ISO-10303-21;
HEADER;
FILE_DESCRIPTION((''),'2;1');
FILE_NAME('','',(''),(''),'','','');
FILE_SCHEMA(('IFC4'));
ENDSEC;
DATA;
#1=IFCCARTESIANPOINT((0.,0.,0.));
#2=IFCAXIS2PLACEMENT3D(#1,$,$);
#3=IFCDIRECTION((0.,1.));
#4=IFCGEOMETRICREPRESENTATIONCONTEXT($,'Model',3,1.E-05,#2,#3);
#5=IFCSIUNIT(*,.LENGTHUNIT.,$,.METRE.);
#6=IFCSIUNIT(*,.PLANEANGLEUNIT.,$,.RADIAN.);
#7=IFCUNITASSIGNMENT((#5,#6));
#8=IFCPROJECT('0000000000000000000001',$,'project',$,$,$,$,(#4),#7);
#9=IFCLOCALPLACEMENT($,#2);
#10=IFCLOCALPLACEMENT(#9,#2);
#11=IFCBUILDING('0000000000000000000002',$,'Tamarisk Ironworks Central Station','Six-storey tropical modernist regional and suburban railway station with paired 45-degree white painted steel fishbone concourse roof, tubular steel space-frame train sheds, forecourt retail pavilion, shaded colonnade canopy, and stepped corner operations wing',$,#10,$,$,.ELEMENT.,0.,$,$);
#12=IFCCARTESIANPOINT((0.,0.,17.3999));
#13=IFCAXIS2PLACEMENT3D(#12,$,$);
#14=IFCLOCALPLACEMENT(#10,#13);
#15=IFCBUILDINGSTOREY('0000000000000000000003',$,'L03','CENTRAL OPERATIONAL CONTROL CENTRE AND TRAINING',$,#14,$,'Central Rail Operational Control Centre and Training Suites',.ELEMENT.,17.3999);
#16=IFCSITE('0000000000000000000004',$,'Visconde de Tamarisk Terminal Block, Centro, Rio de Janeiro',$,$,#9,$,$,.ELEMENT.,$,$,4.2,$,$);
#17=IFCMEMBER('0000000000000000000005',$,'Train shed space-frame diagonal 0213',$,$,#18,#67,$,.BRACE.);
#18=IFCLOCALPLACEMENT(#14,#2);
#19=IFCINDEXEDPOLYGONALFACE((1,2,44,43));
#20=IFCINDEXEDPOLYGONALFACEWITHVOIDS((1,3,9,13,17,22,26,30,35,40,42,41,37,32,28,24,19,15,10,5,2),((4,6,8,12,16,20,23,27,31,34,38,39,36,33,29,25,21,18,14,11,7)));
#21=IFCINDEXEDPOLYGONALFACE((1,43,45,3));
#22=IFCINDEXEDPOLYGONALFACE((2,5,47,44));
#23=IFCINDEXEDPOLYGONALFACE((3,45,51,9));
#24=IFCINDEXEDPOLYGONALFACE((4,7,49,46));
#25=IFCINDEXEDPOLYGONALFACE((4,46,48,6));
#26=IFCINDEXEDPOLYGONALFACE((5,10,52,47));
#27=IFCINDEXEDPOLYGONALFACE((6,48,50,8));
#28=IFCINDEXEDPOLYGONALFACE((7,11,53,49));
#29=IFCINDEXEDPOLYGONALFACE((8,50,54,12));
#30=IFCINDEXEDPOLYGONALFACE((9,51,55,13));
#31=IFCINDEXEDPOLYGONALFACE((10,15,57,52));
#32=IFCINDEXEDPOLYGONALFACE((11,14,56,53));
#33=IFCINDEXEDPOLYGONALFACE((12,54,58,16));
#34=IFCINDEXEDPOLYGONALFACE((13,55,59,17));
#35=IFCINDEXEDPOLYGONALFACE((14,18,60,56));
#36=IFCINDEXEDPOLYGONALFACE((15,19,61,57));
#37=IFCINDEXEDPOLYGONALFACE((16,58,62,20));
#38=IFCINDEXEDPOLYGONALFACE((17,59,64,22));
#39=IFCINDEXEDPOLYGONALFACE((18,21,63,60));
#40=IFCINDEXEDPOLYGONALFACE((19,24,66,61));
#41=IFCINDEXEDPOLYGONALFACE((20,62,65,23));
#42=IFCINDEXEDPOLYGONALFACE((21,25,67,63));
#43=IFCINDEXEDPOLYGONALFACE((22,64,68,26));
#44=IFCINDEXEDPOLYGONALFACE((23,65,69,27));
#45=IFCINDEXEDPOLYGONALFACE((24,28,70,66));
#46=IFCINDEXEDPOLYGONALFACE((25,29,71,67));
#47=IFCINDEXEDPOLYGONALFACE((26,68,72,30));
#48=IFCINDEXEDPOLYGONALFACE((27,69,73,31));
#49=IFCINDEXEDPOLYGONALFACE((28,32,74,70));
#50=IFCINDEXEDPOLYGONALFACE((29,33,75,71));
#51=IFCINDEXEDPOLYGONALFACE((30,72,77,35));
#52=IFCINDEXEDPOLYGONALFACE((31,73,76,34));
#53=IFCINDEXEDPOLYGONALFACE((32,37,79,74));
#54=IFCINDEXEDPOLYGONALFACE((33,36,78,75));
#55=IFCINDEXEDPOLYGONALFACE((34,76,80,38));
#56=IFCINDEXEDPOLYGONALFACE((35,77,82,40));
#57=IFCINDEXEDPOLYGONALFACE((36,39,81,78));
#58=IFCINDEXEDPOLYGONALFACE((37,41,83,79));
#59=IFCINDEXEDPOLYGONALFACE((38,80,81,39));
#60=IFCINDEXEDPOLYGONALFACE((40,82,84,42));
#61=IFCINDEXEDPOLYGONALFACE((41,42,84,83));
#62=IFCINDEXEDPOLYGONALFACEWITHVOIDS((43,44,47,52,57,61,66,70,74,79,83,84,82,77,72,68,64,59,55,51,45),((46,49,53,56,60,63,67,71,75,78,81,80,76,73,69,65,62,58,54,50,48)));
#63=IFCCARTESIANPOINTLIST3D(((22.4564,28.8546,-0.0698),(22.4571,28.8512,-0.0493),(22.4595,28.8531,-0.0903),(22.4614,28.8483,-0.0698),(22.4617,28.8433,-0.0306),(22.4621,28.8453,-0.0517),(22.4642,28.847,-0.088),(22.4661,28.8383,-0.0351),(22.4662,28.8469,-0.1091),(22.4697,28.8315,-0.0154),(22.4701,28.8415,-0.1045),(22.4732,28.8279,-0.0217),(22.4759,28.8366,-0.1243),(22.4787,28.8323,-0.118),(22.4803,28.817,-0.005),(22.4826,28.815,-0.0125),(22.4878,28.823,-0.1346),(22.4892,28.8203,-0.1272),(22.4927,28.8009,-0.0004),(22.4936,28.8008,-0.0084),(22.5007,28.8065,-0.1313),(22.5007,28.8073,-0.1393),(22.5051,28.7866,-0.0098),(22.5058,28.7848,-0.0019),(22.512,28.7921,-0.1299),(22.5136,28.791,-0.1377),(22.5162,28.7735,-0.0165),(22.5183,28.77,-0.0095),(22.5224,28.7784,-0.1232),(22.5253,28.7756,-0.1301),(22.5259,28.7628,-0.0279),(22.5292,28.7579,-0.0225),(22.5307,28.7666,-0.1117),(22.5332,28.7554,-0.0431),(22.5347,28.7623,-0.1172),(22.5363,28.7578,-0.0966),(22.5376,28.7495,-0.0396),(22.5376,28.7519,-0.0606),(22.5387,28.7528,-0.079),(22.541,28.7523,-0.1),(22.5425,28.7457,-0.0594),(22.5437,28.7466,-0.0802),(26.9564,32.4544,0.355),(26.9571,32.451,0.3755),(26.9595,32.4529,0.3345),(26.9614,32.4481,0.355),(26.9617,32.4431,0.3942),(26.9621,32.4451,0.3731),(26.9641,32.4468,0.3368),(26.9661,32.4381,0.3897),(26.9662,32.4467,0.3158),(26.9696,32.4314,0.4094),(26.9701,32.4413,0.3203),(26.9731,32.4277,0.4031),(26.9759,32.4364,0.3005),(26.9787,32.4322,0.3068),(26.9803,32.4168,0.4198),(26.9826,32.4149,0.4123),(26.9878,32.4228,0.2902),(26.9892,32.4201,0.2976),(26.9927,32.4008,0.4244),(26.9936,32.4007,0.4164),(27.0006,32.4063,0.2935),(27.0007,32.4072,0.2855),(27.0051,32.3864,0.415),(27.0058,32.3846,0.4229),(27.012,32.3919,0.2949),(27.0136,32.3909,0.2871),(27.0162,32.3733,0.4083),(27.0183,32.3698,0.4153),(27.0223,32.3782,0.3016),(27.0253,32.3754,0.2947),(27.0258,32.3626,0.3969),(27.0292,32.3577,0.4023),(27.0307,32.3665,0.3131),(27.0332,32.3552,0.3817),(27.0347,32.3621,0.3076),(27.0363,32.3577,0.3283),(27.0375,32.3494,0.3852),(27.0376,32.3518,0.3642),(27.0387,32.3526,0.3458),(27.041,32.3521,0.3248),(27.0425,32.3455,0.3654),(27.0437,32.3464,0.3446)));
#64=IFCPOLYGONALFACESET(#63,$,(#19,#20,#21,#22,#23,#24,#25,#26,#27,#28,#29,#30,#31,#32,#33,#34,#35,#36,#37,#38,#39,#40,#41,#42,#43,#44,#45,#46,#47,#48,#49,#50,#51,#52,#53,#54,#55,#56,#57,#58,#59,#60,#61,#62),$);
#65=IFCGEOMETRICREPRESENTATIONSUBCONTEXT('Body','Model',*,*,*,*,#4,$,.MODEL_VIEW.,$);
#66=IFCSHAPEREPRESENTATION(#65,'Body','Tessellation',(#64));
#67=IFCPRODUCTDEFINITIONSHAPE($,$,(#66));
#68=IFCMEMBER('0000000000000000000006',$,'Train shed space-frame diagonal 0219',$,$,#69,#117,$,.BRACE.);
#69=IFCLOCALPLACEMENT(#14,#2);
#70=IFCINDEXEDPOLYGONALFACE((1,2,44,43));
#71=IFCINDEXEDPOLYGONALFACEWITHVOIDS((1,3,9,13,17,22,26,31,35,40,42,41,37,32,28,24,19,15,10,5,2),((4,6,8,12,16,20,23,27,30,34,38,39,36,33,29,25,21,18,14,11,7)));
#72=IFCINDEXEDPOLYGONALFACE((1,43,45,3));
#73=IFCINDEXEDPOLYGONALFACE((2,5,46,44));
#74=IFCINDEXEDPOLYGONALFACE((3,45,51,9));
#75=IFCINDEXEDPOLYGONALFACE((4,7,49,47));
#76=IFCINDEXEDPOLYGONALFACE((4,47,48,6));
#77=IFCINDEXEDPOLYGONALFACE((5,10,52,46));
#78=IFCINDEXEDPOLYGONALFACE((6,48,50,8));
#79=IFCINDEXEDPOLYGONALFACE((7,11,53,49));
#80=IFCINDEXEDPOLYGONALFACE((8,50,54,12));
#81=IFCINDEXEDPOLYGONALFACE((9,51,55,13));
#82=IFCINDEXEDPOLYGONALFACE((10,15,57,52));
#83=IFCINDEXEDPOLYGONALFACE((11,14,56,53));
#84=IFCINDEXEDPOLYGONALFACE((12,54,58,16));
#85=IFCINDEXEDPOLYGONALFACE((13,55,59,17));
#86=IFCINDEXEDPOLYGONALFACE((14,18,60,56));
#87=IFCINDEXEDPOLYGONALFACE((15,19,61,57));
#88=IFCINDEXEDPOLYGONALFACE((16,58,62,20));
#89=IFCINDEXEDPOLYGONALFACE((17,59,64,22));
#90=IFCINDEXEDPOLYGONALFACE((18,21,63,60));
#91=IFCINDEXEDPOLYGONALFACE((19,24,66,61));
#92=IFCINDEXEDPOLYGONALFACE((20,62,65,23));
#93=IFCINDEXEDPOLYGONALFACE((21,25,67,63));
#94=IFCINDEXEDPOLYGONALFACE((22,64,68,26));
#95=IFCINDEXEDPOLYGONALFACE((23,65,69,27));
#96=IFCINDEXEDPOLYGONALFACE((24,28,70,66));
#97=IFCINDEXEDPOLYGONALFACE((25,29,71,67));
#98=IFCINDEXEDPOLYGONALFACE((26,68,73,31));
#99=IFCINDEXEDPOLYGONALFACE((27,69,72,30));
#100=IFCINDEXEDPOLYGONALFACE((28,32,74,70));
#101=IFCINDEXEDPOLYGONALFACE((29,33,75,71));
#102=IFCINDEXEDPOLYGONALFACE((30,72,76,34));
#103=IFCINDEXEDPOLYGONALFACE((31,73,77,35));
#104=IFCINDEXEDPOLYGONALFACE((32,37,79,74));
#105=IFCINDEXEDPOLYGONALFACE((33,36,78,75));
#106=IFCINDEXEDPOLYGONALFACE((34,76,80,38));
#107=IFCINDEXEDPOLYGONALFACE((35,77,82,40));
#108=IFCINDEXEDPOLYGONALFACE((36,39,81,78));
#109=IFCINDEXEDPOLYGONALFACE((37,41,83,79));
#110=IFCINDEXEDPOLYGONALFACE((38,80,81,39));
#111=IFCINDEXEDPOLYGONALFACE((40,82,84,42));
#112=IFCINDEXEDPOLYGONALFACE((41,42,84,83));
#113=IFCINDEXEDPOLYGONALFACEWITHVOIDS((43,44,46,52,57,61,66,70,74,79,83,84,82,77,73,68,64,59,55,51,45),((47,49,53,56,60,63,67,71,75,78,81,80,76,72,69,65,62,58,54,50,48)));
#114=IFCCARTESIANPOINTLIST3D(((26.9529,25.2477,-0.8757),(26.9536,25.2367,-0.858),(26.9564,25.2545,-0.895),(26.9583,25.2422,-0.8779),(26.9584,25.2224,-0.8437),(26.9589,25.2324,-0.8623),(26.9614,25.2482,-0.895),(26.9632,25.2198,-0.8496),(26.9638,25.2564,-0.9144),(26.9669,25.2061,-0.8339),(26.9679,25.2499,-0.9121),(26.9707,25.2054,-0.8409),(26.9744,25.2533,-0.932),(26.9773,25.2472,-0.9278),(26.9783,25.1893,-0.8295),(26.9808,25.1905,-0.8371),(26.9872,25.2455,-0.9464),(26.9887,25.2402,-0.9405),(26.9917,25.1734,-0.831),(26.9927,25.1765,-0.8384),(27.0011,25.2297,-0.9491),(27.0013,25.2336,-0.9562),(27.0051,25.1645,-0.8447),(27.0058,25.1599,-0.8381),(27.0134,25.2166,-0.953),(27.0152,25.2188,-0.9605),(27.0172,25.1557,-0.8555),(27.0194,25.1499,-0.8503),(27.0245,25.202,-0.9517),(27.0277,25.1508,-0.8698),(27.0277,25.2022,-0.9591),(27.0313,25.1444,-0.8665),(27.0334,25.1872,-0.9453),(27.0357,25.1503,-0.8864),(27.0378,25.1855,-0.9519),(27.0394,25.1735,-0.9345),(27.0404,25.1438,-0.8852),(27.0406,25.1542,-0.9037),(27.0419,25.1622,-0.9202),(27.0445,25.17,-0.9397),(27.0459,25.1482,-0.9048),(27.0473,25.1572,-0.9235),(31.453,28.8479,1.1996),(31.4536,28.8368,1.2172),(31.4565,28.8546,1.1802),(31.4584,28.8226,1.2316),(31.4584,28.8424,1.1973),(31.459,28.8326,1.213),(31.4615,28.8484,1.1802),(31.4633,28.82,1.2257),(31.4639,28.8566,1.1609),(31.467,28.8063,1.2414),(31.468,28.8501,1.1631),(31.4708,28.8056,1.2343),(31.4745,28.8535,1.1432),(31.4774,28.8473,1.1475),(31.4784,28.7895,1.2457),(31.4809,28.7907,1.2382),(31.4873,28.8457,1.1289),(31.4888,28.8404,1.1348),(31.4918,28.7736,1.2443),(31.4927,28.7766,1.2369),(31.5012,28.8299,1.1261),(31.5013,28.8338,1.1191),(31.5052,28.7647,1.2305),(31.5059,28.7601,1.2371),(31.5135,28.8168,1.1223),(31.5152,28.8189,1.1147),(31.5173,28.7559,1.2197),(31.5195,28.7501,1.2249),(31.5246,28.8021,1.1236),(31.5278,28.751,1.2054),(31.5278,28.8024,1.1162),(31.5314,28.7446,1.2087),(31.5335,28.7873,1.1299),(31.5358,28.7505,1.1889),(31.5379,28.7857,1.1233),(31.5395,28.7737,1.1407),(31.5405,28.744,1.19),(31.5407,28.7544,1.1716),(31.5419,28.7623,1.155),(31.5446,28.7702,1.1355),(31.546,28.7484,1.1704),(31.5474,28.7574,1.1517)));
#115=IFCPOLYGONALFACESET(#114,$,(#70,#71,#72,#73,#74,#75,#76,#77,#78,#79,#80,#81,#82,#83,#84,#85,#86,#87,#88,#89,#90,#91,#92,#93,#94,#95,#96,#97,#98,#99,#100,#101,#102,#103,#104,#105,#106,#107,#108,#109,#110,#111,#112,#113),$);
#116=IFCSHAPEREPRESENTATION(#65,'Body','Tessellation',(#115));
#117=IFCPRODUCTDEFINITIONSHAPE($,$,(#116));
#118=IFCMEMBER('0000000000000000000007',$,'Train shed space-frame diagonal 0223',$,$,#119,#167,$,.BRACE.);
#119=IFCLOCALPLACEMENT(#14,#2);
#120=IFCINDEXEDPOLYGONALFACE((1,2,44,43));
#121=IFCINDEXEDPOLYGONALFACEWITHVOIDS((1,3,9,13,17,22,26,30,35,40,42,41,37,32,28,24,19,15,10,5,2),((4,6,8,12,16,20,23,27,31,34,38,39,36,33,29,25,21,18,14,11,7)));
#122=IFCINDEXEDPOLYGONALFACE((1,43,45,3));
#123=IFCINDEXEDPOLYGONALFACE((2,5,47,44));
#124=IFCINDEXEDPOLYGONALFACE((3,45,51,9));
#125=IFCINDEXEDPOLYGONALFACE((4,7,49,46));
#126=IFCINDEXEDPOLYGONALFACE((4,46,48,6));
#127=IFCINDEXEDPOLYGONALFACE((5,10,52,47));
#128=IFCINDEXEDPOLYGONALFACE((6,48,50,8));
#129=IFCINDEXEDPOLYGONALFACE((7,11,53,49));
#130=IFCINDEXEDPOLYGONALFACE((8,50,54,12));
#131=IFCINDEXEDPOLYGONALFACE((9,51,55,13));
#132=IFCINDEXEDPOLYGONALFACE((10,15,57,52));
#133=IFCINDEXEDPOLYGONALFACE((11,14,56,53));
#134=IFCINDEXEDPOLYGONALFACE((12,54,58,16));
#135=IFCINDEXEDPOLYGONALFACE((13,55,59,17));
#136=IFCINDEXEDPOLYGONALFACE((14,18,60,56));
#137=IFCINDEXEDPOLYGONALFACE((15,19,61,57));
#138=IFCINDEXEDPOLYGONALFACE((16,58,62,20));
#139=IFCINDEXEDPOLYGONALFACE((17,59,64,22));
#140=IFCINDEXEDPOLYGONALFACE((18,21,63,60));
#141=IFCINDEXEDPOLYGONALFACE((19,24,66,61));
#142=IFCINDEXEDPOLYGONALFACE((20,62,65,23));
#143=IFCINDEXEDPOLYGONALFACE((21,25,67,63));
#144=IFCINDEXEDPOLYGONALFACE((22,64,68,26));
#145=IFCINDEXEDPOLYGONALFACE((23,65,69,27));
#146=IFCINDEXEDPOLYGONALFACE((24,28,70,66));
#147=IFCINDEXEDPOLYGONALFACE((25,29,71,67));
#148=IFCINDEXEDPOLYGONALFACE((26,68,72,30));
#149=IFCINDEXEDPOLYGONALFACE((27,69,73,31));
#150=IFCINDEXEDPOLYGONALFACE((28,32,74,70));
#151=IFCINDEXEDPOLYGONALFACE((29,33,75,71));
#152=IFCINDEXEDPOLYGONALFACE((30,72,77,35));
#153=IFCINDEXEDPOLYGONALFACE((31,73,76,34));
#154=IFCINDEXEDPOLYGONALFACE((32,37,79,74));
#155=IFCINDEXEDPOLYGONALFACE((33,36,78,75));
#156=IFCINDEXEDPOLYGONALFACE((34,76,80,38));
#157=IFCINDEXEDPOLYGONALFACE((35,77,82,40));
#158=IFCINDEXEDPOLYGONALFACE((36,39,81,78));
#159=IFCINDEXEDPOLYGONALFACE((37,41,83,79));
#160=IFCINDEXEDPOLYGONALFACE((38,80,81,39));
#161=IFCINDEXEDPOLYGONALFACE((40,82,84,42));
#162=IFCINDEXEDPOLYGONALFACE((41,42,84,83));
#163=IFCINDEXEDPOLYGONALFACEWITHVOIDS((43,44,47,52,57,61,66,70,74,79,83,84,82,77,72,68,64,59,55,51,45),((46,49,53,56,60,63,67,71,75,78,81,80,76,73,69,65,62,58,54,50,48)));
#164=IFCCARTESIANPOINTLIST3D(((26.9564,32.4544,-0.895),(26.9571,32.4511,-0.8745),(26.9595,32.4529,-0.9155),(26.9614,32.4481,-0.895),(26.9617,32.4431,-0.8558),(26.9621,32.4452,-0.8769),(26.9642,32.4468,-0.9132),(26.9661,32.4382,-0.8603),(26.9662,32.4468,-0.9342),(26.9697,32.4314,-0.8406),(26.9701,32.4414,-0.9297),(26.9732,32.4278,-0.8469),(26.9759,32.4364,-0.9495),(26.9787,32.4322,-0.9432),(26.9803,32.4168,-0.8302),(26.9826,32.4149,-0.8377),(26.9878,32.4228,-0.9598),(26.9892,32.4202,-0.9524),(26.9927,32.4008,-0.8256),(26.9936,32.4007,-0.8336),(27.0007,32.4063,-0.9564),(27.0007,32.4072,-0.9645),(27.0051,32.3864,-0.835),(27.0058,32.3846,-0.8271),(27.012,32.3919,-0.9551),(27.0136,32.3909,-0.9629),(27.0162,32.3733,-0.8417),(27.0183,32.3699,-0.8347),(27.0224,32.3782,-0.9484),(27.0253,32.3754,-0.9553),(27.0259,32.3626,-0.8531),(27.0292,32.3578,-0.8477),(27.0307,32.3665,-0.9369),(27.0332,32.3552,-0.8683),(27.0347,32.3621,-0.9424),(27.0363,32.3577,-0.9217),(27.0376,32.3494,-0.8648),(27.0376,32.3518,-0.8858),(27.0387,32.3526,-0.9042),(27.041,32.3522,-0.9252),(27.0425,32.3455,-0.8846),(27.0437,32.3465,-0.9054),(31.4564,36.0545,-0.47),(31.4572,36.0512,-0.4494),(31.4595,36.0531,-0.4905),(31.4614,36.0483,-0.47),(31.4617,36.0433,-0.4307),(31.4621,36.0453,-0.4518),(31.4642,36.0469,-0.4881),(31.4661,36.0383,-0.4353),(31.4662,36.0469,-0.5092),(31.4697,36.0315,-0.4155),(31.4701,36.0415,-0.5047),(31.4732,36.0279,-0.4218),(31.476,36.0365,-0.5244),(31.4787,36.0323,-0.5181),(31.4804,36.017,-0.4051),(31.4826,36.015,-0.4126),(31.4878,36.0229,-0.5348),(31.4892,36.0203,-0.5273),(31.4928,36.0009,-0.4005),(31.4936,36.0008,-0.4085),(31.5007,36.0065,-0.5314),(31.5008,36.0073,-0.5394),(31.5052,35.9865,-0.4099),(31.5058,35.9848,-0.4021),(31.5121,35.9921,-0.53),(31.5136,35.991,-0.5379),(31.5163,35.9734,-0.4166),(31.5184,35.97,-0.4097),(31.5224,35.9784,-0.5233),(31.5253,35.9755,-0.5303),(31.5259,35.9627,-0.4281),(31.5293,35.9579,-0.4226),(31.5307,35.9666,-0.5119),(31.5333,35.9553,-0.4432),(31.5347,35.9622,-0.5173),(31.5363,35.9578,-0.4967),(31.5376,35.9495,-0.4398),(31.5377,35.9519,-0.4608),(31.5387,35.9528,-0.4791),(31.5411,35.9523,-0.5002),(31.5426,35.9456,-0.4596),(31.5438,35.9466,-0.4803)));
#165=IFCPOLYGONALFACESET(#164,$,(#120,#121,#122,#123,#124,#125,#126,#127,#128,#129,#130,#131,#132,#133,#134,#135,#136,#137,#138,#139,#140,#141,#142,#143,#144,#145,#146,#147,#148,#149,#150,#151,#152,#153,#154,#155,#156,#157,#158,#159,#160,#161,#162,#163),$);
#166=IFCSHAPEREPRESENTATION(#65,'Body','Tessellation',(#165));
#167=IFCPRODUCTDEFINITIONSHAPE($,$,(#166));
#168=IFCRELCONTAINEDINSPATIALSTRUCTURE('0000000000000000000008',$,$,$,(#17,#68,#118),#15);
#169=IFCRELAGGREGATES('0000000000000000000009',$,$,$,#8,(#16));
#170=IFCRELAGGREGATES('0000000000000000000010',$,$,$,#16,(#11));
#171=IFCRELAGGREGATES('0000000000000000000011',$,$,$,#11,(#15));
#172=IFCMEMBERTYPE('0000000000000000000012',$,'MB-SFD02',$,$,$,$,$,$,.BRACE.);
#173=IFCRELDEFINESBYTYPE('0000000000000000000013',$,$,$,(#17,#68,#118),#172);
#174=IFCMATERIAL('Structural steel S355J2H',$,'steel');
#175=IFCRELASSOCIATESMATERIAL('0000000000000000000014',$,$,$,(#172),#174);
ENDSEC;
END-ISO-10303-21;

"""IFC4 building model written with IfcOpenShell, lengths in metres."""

from ifc_helpers import new_model, si_unit, direction, frame, origin, origin_2d, place, context, subcontext, project, spatial, hollow_circle, extrude, material, material_profile, profile_set, type_object, element, save


model = new_model("IFC4")

# Units and contexts
model_context = context("Model", 3, precision=1e-05, world=origin(), true_north=direction((0.0, 1.0)))
body_context = subcontext(model_context, "Body", "Model", "MODEL_VIEW")
ifc_project = project(units=[si_unit("LENGTHUNIT", "METRE"), si_unit("PLANEANGLEUNIT", "RADIAN")], contexts=[model_context])

# Site, building, storey
site_placement = place(None, origin())
site = spatial("IfcSite", under=ifc_project, at=site_placement, Name="Visconde de Tamarisk Terminal Block, Centro, Rio de Janeiro", CompositionType="ELEMENT", RefElevation=4.2)
building_placement = place(site_placement, origin())
building = spatial("IfcBuilding", under=site, at=building_placement, Name="Tamarisk Ironworks Central Station", Description="Six-storey tropical modernist regional and suburban railway station with paired 45-degree white painted steel fishbone concourse roof, tubular steel space-frame train sheds, forecourt retail pavilion, shaded colonnade canopy, and stepped corner operations wing", CompositionType="ELEMENT", ElevationOfRefHeight=0.0)
storey_placement = place(building_placement, frame((0.0, 0.0, 17.3999)))
storey = spatial("IfcBuildingStorey", under=building, at=storey_placement, Name="L03", Description="CENTRAL OPERATIONAL CONTROL CENTRE AND TRAINING", LongName="Central Rail Operational Control Centre and Training Suites", CompositionType="ELEMENT", Elevation=17.3999)

# Members
ifc_material = material(Name="Structural steel S355J2H", Category="steel")
ifc_material_profile_1 = material_profile(ifc_material, hollow_circle(Radius=0.0698, WallThickness=0.0081, at=origin_2d()), Name="CHS 139.7x8")
ifc_profile_set_1 = profile_set([ifc_material_profile_1], Name="Structural steel S355J2H")
member_type_1 = type_object("IfcMemberType", Name="MB-SFD02", PredefinedType="BRACE", material=ifc_profile_set_1)
member_1_placement = place(storey_placement, frame((22.5, 28.8, -0.0698), z_axis=(0.778768, 0.622989, 0.073517), x_axis=(-0.62468, 0.780881, 0.0)))
element("IfcMember", 1, at=member_1_placement, inside=storey, type_object=member_type_1, Name="Train shed space-frame diagonal 0213", PredefinedType="BRACE", context=body_context, shape_type="SweptSolid", body=[
    extrude(hollow_circle(Radius=0.0698, WallThickness=0.0081, at=origin_2d()), origin(), (0.0, 0.0, 1.0), 5.7783),
])
member_2_placement = place(storey_placement, frame((27.0, 25.2, -0.895), z_axis=(0.734679, 0.587759, 0.338801), x_axis=(-0.624705, 0.780861, 0.0)))
element("IfcMember", 2, at=member_2_placement, inside=storey, type_object=member_type_1, Name="Train shed space-frame diagonal 0219", PredefinedType="BRACE", context=body_context, shape_type="SweptSolid", body=[
    extrude(hollow_circle(Radius=0.0698, WallThickness=0.0081, at=origin_2d()), origin(), (0.0, 0.0, 1.0), 6.1252),
])
member_3_placement = place(storey_placement, frame((27.0, 32.3999, -0.895), z_axis=(0.778745, 0.623013, 0.073557), x_axis=(-0.624705, 0.780861, 0.0)))
element("IfcMember", 3, at=member_3_placement, inside=storey, type_object=member_type_1, Name="Train shed space-frame diagonal 0223", PredefinedType="BRACE", context=body_context, shape_type="SweptSolid", body=[
    extrude(hollow_circle(Radius=0.0698, WallThickness=0.0081, at=origin_2d()), origin(), (0.0, 0.0, 1.0), 5.7786),
])

save(model, "model.ifc")
